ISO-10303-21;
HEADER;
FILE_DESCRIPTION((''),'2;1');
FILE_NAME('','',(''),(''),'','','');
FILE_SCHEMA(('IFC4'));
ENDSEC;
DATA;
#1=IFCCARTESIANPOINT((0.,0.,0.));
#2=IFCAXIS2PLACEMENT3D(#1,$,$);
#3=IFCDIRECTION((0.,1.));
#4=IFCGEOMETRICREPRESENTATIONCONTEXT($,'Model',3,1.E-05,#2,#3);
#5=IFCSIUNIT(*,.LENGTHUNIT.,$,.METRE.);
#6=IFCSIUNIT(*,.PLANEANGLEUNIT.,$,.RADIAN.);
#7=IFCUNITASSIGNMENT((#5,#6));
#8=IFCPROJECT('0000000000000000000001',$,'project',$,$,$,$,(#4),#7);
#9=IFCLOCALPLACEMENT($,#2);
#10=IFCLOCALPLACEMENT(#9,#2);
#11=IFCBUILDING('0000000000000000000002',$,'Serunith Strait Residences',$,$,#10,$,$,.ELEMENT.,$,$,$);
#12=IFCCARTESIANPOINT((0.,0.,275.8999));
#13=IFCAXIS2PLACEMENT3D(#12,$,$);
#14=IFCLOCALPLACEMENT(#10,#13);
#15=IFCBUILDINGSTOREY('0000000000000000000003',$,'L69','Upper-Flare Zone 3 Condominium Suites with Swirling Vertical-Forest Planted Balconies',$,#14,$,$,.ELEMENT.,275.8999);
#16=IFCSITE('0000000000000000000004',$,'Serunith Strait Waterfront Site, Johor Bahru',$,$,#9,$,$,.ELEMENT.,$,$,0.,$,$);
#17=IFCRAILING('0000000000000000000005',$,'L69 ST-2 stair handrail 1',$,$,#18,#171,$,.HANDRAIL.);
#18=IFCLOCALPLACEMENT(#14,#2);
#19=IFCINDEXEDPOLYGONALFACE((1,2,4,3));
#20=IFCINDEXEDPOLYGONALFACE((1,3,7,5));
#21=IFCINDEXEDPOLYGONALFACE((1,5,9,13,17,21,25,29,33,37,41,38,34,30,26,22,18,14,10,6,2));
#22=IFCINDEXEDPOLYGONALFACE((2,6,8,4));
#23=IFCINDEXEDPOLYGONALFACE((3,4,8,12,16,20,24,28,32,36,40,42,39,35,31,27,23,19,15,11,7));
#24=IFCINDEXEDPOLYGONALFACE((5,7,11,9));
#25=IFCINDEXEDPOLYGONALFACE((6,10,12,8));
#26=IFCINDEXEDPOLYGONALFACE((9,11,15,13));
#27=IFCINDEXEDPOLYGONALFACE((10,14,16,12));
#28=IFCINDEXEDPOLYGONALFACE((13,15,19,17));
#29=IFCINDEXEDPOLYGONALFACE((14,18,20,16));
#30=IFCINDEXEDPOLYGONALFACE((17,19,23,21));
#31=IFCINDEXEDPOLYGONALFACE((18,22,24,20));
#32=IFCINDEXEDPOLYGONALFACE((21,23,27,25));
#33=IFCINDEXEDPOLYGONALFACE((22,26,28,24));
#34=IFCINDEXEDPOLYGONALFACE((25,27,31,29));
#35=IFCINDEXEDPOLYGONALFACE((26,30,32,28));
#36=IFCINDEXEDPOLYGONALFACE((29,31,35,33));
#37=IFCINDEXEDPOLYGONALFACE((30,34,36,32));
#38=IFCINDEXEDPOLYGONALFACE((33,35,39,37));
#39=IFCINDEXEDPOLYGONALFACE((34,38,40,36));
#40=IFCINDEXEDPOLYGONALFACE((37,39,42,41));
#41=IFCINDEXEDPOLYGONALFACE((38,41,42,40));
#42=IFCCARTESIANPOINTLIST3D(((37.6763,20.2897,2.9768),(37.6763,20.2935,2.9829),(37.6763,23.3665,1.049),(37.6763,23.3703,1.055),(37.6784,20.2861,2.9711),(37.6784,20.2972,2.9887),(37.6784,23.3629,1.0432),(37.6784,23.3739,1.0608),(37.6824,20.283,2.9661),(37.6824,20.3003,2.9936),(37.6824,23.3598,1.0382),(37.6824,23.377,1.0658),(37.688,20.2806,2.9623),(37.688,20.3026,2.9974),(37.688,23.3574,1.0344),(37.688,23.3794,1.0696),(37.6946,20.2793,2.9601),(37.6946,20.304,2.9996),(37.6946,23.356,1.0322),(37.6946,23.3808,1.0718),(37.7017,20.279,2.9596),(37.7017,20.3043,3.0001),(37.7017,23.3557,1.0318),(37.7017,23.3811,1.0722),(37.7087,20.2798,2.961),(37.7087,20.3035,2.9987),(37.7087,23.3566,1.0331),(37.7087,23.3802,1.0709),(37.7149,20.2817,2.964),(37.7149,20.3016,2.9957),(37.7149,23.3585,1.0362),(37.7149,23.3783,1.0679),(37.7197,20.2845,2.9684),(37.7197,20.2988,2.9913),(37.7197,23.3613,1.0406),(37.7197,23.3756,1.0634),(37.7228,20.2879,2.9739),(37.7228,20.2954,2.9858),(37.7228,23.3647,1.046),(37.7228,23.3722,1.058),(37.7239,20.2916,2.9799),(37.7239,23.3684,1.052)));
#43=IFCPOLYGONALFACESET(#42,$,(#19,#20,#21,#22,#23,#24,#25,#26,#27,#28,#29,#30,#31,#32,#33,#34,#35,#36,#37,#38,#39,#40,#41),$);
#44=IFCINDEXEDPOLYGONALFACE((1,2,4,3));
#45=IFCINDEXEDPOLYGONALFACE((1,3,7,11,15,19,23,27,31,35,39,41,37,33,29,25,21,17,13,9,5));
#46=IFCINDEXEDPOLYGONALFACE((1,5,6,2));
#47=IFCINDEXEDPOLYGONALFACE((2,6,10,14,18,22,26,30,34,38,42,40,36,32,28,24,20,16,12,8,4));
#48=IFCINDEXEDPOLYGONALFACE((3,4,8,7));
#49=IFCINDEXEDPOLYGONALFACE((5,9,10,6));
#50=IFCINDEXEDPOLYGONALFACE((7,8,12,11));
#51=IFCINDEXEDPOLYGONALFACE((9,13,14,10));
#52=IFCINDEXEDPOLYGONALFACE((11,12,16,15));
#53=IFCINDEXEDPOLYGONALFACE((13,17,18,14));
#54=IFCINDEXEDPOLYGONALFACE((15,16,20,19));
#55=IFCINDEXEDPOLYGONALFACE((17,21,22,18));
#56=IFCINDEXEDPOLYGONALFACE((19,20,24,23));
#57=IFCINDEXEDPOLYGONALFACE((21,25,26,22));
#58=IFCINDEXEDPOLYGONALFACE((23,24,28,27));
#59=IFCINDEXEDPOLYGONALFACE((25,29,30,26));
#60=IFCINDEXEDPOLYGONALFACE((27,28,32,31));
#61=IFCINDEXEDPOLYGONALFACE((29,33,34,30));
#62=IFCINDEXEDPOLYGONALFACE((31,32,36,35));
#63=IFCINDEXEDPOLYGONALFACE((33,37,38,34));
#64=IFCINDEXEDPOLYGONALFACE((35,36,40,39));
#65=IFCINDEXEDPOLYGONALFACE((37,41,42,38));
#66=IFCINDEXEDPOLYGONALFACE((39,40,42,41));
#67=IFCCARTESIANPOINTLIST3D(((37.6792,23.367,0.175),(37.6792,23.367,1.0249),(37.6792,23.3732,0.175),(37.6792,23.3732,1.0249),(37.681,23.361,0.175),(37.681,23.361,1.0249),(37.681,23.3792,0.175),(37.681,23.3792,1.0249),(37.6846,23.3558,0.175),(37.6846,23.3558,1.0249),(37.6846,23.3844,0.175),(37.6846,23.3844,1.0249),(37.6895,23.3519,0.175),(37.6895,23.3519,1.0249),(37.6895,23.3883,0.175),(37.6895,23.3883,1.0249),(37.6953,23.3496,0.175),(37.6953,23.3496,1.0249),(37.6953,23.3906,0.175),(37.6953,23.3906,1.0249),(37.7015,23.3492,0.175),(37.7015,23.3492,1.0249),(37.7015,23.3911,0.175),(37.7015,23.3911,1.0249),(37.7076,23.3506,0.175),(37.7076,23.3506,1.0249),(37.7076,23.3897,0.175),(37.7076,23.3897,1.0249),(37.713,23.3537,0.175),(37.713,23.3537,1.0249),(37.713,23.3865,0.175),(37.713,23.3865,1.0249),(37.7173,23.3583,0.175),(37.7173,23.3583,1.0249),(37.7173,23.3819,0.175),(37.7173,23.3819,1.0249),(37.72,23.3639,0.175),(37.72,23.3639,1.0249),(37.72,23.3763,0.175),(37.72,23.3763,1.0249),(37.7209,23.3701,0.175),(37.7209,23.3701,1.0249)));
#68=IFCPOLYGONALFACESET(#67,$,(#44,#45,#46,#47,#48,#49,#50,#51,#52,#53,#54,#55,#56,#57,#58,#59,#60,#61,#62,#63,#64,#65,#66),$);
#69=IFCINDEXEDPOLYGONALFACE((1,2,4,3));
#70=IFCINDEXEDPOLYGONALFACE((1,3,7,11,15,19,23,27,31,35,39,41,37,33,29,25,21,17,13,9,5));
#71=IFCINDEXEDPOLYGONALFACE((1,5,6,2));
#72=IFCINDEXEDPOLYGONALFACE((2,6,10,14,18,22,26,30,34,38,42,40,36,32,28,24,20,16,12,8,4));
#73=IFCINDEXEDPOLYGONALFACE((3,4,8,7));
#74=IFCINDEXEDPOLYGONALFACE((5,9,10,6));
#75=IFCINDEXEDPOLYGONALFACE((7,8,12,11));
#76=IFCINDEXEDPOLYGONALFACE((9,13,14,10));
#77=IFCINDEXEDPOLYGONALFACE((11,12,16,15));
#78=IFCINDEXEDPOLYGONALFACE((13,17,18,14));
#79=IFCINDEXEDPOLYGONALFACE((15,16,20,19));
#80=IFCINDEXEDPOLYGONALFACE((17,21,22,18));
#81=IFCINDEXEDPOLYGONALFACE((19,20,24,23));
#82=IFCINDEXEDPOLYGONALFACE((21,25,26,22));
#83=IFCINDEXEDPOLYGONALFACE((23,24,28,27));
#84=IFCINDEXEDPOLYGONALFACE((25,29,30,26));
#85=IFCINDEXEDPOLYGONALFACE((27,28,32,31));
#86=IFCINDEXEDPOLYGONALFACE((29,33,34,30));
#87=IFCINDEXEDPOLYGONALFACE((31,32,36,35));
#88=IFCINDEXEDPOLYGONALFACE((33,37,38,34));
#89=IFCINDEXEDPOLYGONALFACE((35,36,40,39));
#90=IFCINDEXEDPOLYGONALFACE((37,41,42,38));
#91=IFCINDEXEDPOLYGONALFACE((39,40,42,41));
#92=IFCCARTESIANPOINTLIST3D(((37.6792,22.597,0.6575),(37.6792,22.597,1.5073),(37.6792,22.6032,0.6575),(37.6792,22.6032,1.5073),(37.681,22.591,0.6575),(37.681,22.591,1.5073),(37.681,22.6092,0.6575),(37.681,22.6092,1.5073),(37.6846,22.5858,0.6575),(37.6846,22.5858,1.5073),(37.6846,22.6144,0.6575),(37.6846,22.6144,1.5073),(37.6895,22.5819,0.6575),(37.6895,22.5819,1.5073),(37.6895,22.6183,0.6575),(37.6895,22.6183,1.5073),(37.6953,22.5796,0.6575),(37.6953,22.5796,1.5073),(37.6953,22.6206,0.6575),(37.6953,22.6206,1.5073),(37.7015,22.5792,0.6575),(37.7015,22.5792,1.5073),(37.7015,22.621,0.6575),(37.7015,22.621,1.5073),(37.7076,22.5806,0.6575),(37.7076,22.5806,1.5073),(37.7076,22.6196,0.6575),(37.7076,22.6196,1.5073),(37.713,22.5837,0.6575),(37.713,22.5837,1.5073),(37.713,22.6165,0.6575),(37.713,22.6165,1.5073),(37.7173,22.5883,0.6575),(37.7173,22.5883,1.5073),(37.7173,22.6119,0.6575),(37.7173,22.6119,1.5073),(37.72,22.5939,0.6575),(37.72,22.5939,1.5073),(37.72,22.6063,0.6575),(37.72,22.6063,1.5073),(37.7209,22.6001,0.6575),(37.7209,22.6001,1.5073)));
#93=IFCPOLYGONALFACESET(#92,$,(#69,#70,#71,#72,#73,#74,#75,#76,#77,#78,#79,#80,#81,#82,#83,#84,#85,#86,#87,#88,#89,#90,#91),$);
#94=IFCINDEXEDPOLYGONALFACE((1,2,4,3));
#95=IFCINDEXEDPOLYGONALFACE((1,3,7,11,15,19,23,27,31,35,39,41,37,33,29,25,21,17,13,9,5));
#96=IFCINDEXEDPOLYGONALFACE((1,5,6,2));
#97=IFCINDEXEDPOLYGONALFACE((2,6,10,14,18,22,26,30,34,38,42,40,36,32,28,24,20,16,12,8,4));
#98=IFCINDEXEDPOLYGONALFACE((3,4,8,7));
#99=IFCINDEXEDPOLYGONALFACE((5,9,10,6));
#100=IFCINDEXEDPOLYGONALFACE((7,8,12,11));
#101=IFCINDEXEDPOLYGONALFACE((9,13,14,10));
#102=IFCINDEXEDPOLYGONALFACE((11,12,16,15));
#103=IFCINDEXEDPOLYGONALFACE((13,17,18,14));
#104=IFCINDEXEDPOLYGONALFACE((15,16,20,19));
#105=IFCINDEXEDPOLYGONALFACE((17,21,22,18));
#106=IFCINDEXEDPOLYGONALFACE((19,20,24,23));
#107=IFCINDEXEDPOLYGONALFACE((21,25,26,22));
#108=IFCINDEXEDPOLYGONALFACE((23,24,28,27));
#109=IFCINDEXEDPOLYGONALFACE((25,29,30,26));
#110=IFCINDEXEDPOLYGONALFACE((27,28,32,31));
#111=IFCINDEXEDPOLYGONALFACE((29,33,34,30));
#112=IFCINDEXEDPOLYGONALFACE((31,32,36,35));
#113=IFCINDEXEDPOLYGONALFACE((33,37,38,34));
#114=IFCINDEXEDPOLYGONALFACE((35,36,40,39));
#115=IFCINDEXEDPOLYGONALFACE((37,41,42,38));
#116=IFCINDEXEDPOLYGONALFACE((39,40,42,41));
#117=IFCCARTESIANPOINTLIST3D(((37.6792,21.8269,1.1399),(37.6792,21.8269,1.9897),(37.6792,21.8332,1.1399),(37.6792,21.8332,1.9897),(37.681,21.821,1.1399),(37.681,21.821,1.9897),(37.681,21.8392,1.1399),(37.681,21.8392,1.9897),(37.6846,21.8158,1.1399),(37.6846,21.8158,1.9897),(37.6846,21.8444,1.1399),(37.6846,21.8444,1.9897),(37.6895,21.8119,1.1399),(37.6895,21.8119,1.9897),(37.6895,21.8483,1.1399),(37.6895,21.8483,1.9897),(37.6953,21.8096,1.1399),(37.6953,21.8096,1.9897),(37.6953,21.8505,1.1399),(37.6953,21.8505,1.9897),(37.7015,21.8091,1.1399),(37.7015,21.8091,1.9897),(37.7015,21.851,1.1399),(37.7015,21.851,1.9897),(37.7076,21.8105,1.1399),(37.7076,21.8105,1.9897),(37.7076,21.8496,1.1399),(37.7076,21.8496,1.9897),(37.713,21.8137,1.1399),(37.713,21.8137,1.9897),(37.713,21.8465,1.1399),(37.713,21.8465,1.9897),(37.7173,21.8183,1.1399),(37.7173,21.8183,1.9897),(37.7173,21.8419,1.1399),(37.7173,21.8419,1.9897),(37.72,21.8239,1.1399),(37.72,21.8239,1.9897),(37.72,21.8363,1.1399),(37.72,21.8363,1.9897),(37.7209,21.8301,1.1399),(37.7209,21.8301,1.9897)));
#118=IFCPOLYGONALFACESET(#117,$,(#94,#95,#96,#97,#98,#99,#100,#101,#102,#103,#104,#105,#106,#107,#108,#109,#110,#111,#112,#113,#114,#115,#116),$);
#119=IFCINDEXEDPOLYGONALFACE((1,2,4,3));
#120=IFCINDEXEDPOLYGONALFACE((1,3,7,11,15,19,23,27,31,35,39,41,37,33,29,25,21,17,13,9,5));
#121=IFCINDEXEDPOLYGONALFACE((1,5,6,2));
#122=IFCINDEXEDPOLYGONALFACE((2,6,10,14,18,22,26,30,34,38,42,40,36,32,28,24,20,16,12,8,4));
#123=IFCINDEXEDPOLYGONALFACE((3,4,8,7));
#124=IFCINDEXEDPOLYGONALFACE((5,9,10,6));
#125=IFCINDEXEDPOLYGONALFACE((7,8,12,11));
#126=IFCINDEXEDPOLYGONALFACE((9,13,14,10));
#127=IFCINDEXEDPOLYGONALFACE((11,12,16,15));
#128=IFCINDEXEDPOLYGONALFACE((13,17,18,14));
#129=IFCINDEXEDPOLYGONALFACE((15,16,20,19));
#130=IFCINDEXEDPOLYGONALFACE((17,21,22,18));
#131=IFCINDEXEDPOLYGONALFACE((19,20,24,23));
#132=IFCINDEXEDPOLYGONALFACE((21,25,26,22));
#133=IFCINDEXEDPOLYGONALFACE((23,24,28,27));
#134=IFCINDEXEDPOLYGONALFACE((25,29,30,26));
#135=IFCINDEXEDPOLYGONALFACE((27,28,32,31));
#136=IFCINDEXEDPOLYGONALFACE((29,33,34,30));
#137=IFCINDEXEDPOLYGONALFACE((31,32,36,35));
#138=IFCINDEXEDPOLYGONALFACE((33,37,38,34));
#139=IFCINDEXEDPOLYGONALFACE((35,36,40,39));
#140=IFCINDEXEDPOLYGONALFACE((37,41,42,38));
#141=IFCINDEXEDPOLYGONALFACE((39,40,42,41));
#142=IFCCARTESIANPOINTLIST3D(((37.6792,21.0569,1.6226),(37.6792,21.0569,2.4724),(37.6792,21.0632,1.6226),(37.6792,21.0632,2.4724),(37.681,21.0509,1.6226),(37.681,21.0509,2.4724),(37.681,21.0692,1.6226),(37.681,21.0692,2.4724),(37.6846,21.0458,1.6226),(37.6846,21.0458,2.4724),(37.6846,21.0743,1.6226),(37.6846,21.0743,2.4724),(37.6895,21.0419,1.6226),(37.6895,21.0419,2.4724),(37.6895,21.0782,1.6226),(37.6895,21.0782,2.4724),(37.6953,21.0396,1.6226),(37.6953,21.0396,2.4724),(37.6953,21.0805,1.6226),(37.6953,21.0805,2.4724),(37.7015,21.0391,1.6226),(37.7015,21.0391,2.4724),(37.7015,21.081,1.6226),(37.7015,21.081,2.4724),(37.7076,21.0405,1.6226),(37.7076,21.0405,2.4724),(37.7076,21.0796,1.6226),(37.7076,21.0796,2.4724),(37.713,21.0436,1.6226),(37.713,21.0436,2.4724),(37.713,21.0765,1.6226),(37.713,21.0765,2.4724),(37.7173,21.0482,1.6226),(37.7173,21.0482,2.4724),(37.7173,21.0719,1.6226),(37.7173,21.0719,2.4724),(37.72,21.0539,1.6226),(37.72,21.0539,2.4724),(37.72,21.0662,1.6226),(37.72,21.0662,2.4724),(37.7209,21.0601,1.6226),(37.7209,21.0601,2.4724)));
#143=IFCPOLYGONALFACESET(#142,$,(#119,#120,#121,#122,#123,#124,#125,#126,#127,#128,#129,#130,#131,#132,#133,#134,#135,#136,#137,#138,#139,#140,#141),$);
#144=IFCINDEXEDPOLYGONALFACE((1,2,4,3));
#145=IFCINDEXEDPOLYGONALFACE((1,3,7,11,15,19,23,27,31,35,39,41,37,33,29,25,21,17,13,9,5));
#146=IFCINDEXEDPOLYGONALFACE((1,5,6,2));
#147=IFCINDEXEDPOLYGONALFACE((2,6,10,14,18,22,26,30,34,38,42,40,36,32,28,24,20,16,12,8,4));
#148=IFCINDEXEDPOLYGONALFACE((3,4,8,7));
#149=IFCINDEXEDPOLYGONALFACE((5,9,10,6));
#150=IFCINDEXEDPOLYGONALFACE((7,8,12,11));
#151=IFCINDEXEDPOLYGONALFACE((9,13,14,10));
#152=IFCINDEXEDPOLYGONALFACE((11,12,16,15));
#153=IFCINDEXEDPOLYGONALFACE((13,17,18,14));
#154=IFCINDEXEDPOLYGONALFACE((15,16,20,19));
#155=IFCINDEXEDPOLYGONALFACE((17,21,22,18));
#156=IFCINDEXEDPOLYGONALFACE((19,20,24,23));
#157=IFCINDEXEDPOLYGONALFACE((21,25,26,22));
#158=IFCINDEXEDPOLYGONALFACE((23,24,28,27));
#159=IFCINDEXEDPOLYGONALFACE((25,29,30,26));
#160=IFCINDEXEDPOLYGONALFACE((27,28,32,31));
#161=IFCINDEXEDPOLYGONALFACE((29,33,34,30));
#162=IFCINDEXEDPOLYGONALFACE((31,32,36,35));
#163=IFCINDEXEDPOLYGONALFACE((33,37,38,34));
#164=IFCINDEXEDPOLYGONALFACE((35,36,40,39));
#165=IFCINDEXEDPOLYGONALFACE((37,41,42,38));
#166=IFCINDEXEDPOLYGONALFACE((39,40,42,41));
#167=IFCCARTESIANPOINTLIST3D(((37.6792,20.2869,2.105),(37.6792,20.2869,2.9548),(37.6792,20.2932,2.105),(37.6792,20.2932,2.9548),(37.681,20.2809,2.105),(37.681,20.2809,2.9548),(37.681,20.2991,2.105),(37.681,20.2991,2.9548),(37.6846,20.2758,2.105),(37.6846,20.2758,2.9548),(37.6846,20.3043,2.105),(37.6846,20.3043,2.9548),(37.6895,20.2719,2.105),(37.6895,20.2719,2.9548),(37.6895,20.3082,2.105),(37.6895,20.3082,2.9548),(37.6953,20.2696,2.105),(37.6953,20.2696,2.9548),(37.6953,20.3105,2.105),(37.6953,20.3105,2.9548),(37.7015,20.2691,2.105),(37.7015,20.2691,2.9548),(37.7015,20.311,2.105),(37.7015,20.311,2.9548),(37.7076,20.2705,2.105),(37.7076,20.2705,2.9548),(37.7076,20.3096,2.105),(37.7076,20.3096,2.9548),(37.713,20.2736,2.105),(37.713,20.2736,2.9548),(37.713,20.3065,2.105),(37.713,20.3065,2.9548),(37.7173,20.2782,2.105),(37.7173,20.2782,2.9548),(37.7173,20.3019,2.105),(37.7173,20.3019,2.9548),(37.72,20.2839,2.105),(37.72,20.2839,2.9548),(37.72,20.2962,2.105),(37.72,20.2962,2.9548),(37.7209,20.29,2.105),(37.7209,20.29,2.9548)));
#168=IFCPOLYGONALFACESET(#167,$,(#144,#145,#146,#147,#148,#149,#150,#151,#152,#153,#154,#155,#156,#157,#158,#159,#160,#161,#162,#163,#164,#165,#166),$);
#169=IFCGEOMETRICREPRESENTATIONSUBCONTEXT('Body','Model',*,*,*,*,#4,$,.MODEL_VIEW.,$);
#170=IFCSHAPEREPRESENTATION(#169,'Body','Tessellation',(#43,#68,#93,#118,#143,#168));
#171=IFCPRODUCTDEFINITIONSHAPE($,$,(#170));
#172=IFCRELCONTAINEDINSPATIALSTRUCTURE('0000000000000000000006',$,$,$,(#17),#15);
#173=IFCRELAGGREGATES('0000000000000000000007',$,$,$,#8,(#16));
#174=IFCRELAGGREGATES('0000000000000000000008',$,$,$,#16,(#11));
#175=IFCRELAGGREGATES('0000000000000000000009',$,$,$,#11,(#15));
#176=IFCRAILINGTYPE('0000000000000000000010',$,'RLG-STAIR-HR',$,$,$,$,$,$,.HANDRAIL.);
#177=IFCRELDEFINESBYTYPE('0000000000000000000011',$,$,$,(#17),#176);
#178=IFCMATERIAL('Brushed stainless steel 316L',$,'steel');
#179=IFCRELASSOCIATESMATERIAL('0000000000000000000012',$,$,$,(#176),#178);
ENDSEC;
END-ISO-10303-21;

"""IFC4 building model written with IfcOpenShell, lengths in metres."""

from ifc_helpers import new_model, si_unit, direction, frame, origin, origin_2d, place, context, subcontext, project, spatial, circle, extrude, material, type_object, element, save


model = new_model("IFC4")

# Units and contexts
model_context = context("Model", 3, precision=1e-05, world=origin(), true_north=direction((0.0, 1.0)))
body_context = subcontext(model_context, "Body", "Model", "MODEL_VIEW")
ifc_project = project(units=[si_unit("LENGTHUNIT", "METRE"), si_unit("PLANEANGLEUNIT", "RADIAN")], contexts=[model_context])

# Site, building, storey
site_placement = place(None, origin())
site = spatial("IfcSite", under=ifc_project, at=site_placement, Name="Serunith Strait Waterfront Site, Johor Bahru", CompositionType="ELEMENT", RefElevation=0.0)
building_placement = place(site_placement, origin())
building = spatial("IfcBuilding", under=site, at=building_placement, Name="Serunith Strait Residences", CompositionType="ELEMENT")
storey_placement = place(building_placement, frame((0.0, 0.0, 275.8999)))
storey = spatial("IfcBuildingStorey", under=building, at=storey_placement, Name="L69", Description="Upper-Flare Zone 3 Condominium Suites with Swirling Vertical-Forest Planted Balconies", CompositionType="ELEMENT", Elevation=275.8999)

# Railing
ifc_material_1 = material(Name="Brushed stainless steel 316L", Category="steel")
railing_type_1 = type_object("IfcRailingType", Name="RLG-STAIR-HR", PredefinedType="HANDRAIL", material=ifc_material_1)
railing_1_placement = place(storey_placement, frame((37.7, 23.3701, 0.175)))
element("IfcRailing", 1, at=railing_1_placement, inside=storey, type_object=railing_type_1, Name="L69 ST-2 stair handrail 1", PredefinedType="HANDRAIL", context=body_context, shape_type="SweptSolid", body=[
    extrude(circle(Radius=0.0239, at=origin_2d()), frame((0.0, -0.0017, 0.877), z_axis=(0.0, -0.847394, 0.530965), x_axis=(1.0, 0.0, 0.0)), (0.0, 0.0, 1.0), 3.6309),
    extrude(circle(Radius=0.021, at=origin_2d()), origin(), (0.0, 0.0, 1.0), 0.8499),
    extrude(circle(Radius=0.021, at=origin_2d()), frame((0.0, -0.77, 0.4824)), (0.0, 0.0, 1.0), 0.8499),
    extrude(circle(Radius=0.021, at=origin_2d()), frame((0.0, -1.54, 0.9648)), (0.0, 0.0, 1.0), 0.8499),
    extrude(circle(Radius=0.021, at=origin_2d()), frame((0.0, -2.3101, 1.4475)), (0.0, 0.0, 1.0), 0.8499),
    extrude(circle(Radius=0.021, at=origin_2d()), frame((0.0, -3.0801, 1.9299)), (0.0, 0.0, 1.0), 0.8499),
])

save(model, "model.ifc")
